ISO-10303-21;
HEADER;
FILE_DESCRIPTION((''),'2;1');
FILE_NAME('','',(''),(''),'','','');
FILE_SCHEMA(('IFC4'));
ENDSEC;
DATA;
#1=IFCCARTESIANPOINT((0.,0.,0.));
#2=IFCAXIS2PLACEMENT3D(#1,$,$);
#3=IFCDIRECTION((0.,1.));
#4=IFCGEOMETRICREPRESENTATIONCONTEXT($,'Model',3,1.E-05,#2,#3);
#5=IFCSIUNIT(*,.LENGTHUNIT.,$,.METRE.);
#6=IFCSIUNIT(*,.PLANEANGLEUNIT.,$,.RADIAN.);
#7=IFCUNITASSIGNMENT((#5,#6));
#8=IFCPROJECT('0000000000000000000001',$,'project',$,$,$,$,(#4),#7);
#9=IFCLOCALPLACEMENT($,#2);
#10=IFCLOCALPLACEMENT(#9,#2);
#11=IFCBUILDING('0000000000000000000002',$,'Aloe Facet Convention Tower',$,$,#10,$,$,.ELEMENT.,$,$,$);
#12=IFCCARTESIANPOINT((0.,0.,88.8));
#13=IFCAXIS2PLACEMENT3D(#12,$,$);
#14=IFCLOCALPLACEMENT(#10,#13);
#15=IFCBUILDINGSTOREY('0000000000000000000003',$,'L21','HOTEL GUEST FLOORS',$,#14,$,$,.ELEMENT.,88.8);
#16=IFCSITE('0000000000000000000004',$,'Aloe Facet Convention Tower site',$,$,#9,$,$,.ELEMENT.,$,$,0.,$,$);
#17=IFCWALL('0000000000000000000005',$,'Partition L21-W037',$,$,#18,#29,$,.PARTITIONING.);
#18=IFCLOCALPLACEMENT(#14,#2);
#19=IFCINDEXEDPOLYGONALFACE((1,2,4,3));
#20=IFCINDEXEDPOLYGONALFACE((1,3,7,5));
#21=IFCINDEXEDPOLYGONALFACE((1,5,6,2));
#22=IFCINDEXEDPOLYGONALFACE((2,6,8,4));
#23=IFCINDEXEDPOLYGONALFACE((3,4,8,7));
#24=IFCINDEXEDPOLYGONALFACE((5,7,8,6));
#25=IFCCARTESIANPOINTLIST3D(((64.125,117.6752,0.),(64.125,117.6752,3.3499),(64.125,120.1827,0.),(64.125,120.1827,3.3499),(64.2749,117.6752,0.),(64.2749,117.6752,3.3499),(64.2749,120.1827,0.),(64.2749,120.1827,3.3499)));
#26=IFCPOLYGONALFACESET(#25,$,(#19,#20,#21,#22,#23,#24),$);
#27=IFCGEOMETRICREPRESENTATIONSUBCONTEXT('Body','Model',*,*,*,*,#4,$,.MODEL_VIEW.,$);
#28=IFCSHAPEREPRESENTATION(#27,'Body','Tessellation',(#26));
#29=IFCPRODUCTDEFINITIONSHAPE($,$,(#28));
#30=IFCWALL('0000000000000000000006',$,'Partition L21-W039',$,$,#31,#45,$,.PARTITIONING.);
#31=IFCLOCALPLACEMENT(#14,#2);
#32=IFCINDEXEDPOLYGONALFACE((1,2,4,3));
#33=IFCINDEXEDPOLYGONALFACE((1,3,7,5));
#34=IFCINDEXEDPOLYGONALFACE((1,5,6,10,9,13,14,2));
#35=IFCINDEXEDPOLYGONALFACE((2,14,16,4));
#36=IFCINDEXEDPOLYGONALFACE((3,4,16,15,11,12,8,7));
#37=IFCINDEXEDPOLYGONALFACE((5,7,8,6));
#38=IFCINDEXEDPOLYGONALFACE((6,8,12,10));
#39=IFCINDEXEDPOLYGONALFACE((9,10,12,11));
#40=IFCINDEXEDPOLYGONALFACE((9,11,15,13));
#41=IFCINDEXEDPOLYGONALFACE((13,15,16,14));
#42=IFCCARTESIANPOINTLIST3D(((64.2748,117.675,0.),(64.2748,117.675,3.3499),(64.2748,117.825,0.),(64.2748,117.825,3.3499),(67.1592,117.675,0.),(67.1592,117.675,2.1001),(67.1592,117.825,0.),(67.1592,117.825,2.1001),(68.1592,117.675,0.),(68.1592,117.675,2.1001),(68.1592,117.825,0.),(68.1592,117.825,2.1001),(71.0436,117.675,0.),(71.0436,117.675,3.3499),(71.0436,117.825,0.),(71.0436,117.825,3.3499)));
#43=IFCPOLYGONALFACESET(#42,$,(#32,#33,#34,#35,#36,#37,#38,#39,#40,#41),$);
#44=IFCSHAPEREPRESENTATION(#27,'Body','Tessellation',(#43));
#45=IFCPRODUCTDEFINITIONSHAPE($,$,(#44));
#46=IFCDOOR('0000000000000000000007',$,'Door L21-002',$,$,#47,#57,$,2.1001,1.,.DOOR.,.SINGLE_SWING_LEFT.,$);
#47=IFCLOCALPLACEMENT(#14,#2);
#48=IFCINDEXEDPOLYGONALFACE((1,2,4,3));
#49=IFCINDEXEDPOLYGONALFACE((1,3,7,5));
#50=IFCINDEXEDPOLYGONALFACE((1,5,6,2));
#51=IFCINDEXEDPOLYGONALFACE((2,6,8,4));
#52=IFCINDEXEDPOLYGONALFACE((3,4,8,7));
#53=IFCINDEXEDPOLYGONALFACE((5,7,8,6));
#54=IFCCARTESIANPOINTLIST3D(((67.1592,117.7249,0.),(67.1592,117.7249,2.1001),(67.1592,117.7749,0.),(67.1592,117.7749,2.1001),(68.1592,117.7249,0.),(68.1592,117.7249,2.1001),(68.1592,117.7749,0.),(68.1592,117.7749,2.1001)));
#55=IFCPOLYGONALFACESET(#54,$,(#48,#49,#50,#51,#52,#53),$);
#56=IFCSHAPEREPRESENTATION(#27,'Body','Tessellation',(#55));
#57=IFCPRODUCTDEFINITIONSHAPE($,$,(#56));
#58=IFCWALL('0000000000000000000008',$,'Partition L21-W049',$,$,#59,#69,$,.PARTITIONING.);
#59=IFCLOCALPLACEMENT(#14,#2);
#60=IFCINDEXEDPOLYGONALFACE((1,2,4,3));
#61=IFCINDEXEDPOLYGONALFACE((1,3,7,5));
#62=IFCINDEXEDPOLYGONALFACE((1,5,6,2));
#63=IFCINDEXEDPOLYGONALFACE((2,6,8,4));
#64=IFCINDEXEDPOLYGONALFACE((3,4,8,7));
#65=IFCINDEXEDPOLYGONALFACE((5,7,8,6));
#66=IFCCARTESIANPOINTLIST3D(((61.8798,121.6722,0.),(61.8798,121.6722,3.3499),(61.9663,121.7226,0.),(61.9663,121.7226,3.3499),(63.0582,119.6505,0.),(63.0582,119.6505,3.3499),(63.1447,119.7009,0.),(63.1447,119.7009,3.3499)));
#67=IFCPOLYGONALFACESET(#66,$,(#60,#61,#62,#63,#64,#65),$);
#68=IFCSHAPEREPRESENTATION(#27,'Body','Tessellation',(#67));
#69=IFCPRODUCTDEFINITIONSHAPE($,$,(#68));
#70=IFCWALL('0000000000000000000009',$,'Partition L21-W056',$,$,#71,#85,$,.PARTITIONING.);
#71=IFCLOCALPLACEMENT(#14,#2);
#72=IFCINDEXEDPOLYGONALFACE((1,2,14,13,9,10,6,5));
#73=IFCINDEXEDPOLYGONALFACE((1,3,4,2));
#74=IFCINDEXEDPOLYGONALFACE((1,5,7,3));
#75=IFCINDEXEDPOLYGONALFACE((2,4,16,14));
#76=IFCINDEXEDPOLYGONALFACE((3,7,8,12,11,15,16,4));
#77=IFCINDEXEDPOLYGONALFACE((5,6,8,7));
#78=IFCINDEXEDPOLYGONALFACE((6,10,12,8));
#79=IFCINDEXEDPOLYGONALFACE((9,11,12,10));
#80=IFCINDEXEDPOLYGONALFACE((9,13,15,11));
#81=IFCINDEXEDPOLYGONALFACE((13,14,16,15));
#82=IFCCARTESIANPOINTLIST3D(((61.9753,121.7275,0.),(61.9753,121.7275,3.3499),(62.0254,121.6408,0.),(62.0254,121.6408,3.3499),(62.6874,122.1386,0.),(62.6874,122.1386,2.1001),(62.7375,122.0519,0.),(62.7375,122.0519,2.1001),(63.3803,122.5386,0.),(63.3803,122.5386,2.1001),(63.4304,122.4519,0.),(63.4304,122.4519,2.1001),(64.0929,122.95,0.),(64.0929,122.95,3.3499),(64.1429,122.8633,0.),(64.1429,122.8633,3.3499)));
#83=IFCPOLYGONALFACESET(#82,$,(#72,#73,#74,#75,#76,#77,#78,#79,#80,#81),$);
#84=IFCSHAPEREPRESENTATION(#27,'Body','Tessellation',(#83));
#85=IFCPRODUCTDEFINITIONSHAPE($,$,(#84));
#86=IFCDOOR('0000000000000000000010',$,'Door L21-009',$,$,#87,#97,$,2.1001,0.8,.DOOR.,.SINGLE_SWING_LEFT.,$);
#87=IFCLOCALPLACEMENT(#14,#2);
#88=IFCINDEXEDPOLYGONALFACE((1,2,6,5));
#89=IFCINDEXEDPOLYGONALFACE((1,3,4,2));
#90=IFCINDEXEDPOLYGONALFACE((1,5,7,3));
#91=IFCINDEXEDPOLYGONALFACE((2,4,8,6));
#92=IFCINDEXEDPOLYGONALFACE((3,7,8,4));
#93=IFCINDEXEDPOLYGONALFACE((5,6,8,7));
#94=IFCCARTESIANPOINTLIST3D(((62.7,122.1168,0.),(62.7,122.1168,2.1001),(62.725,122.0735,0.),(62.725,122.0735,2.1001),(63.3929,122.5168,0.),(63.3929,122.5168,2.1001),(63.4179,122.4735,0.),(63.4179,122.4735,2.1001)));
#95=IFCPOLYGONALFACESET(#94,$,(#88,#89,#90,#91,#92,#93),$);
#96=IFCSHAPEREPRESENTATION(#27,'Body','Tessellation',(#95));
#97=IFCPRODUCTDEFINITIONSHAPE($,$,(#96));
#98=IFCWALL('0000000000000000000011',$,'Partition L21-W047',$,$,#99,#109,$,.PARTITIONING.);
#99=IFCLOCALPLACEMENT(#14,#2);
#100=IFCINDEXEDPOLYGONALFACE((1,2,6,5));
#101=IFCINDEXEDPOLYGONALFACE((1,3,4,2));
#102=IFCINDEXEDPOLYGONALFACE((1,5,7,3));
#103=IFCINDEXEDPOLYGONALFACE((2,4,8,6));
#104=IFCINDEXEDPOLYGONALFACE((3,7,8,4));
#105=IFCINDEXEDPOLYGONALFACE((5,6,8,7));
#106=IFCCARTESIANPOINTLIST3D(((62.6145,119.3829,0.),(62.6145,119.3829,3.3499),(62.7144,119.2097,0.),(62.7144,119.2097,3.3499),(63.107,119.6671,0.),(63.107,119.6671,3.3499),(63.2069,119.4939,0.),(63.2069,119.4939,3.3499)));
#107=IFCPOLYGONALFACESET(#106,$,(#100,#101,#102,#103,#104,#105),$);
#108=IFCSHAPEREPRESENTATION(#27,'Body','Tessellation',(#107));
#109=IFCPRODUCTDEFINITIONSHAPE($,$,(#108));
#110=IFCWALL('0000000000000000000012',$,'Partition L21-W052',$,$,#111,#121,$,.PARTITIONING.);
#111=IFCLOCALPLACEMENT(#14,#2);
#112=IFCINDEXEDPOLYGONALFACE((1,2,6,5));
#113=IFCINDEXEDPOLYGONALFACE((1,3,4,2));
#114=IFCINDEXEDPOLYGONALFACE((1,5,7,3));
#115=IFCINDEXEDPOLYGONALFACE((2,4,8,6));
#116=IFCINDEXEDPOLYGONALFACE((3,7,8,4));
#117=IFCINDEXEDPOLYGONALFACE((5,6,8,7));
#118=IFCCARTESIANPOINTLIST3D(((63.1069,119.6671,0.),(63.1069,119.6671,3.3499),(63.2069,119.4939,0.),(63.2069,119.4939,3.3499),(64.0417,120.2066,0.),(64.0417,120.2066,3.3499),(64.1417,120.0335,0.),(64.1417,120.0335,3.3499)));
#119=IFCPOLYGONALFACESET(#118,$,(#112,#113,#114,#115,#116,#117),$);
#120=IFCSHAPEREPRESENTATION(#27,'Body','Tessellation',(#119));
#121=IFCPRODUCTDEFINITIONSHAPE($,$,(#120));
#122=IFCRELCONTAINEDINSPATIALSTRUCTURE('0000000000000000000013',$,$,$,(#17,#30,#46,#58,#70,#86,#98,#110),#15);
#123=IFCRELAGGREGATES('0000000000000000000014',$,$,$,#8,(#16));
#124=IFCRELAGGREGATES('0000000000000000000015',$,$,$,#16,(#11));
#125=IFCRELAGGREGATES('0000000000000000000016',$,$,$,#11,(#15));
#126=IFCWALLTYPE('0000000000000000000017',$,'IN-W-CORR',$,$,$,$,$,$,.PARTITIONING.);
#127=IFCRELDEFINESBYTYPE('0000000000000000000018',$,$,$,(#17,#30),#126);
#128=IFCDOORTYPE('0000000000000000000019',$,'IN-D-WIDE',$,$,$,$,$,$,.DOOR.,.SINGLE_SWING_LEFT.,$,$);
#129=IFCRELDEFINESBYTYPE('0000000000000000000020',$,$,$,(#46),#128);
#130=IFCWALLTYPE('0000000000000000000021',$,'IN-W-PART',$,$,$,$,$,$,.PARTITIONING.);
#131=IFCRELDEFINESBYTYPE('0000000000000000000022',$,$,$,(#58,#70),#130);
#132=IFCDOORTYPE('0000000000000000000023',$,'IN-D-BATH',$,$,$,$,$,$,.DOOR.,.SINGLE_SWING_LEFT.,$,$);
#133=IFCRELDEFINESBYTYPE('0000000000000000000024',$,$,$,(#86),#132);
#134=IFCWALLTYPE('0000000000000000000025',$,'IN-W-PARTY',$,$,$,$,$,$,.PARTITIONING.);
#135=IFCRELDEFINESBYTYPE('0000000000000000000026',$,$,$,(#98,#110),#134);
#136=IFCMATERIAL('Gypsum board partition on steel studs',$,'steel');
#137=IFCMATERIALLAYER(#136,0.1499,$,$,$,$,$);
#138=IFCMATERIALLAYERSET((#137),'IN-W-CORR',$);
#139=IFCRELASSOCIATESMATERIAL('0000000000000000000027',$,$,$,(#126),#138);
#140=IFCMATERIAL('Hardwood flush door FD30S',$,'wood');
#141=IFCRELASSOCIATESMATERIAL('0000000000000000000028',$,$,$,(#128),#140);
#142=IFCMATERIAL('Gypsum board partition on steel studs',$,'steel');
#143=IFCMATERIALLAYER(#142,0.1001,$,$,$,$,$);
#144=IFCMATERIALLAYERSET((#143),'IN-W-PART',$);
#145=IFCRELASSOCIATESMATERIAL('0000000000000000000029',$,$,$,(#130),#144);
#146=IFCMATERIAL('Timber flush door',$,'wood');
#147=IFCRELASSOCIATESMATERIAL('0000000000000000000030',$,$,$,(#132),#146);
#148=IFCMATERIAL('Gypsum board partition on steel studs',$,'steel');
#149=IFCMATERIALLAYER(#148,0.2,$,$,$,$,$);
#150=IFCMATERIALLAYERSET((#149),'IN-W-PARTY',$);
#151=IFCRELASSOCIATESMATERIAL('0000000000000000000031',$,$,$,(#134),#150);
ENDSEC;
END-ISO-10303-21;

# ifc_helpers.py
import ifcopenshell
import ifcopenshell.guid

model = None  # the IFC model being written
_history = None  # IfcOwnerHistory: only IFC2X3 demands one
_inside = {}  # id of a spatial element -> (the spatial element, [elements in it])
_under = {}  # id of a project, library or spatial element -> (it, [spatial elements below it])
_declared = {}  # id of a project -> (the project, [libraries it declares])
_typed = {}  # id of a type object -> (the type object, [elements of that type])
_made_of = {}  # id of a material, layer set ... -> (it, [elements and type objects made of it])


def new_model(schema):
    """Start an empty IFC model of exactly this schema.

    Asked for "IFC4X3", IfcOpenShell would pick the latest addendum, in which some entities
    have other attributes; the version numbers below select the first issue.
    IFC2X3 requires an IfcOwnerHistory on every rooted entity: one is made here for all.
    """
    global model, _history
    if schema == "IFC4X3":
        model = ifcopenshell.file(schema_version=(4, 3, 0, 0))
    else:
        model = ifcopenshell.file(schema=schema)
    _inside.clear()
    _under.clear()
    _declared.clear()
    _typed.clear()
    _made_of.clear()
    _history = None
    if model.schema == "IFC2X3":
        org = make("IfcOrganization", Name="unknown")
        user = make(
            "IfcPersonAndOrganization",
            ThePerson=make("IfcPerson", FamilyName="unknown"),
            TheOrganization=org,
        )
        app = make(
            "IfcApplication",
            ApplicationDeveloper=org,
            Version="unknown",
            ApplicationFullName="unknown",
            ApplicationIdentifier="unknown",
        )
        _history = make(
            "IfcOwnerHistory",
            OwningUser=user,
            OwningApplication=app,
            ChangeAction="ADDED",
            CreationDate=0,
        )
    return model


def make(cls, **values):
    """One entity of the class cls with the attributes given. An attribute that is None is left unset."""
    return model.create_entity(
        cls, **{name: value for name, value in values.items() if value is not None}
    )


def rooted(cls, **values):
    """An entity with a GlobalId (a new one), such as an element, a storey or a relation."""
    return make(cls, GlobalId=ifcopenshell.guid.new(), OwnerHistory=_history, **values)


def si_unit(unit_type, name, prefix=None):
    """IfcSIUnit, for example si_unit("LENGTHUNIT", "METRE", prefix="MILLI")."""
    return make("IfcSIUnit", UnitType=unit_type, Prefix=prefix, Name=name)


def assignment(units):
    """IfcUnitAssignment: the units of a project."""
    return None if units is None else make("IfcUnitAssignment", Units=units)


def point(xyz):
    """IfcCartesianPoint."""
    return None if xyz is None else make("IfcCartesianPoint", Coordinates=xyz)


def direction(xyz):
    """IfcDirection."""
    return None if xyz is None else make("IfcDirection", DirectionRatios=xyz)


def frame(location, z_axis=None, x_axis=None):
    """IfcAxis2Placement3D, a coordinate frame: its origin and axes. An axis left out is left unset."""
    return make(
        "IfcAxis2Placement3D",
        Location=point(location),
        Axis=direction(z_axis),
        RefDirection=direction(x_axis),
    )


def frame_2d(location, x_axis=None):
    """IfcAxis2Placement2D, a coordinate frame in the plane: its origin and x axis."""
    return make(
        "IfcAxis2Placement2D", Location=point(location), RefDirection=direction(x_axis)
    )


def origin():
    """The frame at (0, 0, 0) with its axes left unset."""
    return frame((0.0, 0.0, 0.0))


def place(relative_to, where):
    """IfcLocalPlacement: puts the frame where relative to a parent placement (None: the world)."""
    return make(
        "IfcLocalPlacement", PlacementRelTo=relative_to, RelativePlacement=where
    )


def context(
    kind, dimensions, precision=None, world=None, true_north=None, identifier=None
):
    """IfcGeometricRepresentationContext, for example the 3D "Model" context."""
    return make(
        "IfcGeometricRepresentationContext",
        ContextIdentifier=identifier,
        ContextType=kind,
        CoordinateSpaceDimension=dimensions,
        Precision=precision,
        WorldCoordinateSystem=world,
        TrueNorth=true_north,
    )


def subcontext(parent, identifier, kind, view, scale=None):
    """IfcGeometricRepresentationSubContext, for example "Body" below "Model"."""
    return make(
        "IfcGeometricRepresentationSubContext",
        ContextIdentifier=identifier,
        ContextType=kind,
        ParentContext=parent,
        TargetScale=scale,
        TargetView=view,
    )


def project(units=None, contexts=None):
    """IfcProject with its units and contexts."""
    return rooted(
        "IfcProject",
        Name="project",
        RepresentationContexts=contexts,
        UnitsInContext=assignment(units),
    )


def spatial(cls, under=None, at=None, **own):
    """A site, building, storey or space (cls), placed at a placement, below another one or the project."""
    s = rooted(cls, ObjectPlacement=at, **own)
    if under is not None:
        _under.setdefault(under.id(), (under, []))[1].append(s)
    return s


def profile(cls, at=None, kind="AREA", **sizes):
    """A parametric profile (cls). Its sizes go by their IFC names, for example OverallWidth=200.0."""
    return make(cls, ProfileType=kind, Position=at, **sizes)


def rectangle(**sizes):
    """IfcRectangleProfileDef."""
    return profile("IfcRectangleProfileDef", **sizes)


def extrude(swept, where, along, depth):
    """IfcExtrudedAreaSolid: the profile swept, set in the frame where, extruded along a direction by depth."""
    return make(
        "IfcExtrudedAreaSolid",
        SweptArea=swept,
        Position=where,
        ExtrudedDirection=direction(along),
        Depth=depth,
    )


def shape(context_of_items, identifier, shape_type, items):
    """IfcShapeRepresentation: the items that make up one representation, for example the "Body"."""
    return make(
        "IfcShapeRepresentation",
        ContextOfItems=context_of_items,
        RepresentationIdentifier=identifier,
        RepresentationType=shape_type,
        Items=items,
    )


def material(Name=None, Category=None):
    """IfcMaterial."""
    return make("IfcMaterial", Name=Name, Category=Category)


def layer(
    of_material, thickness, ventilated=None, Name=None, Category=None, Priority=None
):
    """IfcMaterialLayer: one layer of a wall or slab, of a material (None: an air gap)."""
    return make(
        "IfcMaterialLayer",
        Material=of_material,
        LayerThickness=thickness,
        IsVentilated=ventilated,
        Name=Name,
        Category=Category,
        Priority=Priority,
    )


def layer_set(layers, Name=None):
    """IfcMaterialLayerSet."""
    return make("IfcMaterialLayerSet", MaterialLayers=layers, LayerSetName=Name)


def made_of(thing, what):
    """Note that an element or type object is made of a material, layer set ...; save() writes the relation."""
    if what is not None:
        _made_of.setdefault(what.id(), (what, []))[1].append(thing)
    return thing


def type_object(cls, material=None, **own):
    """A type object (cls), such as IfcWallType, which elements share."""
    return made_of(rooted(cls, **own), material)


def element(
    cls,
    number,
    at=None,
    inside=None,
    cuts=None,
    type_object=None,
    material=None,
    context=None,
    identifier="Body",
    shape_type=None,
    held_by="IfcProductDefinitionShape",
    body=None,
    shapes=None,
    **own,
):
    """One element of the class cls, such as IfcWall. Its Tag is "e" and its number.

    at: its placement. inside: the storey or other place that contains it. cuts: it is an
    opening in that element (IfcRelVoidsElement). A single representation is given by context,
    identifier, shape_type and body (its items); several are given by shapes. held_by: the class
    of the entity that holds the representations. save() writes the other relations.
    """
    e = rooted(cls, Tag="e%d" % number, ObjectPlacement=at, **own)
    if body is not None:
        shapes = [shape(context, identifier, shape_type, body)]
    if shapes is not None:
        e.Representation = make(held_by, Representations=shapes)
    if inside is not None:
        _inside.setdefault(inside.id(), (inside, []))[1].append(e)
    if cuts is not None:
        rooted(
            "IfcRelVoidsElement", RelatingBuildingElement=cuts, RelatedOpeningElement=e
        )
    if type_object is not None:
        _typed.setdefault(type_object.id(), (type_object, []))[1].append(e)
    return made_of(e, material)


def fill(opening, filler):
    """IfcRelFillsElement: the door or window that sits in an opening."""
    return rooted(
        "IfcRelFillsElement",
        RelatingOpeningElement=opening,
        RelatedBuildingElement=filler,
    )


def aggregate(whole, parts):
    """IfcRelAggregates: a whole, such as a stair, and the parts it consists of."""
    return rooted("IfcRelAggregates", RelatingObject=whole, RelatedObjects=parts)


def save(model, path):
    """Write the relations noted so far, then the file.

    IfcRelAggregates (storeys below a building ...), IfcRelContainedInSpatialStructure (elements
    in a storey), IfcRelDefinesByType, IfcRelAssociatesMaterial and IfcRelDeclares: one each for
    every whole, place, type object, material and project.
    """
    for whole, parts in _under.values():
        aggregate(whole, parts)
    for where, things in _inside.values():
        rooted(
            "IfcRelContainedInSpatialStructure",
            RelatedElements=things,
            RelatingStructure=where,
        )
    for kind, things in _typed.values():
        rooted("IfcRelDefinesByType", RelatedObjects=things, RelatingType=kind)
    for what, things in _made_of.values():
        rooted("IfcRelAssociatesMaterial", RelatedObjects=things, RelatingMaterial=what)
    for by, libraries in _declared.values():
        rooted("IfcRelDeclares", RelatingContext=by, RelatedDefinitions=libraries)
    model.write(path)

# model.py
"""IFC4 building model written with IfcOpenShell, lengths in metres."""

from ifc_helpers import new_model, si_unit, direction, frame, frame_2d, origin, place, context, subcontext, project, spatial, rectangle, extrude, material, layer, layer_set, type_object, element, fill, save


model = new_model("IFC4")

# Units and contexts
model_context = context("Model", 3, precision=1e-05, world=origin(), true_north=direction((0.0, 1.0)))
body_context = subcontext(model_context, "Body", "Model", "MODEL_VIEW")
ifc_project = project(units=[si_unit("LENGTHUNIT", "METRE"), si_unit("PLANEANGLEUNIT", "RADIAN")], contexts=[model_context])

# Site, building, storey
site_placement = place(None, origin())
site = spatial("IfcSite", under=ifc_project, at=site_placement, Name="Aloe Facet Convention Tower site", CompositionType="ELEMENT", RefElevation=0.0)
building_placement = place(site_placement, origin())
building = spatial("IfcBuilding", under=site, at=building_placement, Name="Aloe Facet Convention Tower", CompositionType="ELEMENT")
storey_placement = place(building_placement, frame((0.0, 0.0, 88.8)))
storey = spatial("IfcBuildingStorey", under=building, at=storey_placement, Name="L21", Description="HOTEL GUEST FLOORS", CompositionType="ELEMENT", Elevation=88.8)

# Wall
ifc_material_1 = material(Name="Gypsum board partition on steel studs", Category="steel")
ifc_layer_1 = layer(ifc_material_1, 0.1499)
ifc_layer_set_1 = layer_set([ifc_layer_1], Name="IN-W-CORR")
wall_type_1 = type_object("IfcWallType", Name="IN-W-CORR", PredefinedType="PARTITIONING", material=ifc_layer_set_1)
wall_1_placement = place(storey_placement, frame((64.2, 117.675, 0.0), z_axis=(0.0, 0.0, 1.0), x_axis=(0.0, 1.0, 0.0)))
element("IfcWall", 1, at=wall_1_placement, inside=storey, type_object=wall_type_1, Name="Partition L21-W037", PredefinedType="PARTITIONING", context=body_context, shape_type="SweptSolid", body=[
    extrude(rectangle(XDim=2.5076, YDim=0.1499, at=frame_2d((1.2539, 0.0))), origin(), (0.0, 0.0, 1.0), 3.3499),
])

# Wall, opening, door
wall_2_placement = place(storey_placement, frame((64.2749, 117.75, 0.0), z_axis=(0.0, 0.0, 1.0), x_axis=(1.0, 0.0, 0.0)))
wall_2 = element("IfcWall", 2, at=wall_2_placement, inside=storey, type_object=wall_type_1, Name="Partition L21-W039", PredefinedType="PARTITIONING", context=body_context, shape_type="SweptSolid", body=[
    extrude(rectangle(XDim=6.7688, YDim=0.1499, at=frame_2d((3.3843, 0.0))), origin(), (0.0, 0.0, 1.0), 3.3499),
])
opening_1_placement = place(wall_2_placement, frame((2.8843, 0.0, 0.0)))
opening_1 = element("IfcOpeningElement", 3, at=opening_1_placement, cuts=wall_2, PredefinedType="OPENING", context=body_context, shape_type="SweptSolid", body=[
    extrude(rectangle(XDim=1.0, YDim=2.1001, at=frame_2d((0.5, 1.05))), frame((0.0, 0.085, 0.0), z_axis=(0.0, -1.0, 0.0), x_axis=(1.0, 0.0, 0.0)), (0.0, 0.0, 1.0), 0.1699),
])
ifc_material_2 = material(Name="Hardwood flush door FD30S", Category="wood")
door_type_1 = type_object("IfcDoorType", Name="IN-D-WIDE", OperationType="SINGLE_SWING_LEFT", PredefinedType="DOOR", material=ifc_material_2)
door_1_placement = place(opening_1_placement, origin())
door_1 = element("IfcDoor", 4, at=door_1_placement, inside=storey, type_object=door_type_1, Name="Door L21-002", OperationType="SINGLE_SWING_LEFT", OverallHeight=2.1001, OverallWidth=1.0, PredefinedType="DOOR", context=body_context, shape_type="SweptSolid", body=[
    extrude(rectangle(XDim=1.0, YDim=2.1001, at=frame_2d((0.5, 1.05))), frame((0.0, 0.0249, 0.0), z_axis=(0.0, -1.0, 0.0), x_axis=(1.0, 0.0, 0.0)), (0.0, 0.0, 1.0), 0.05),
])
fill(opening_1, door_1)

# Wall
ifc_material_3 = material(Name="Gypsum board partition on steel studs", Category="steel")
ifc_layer_2 = layer(ifc_material_3, 0.1001)
ifc_layer_set_2 = layer_set([ifc_layer_2], Name="IN-W-PART")
wall_type_2 = type_object("IfcWallType", Name="IN-W-PART", PredefinedType="PARTITIONING", material=ifc_layer_set_2)
wall_3_placement = place(storey_placement, frame((61.9231, 121.6973, 0.0), z_axis=(0.0, 0.0, 1.0), x_axis=(0.503592, -0.863942, 0.0)))
element("IfcWall", 5, at=wall_3_placement, inside=storey, type_object=wall_type_2, Name="Partition L21-W049", PredefinedType="PARTITIONING", context=body_context, shape_type="SweptSolid", body=[
    extrude(rectangle(XDim=2.3401, YDim=0.1001, at=frame_2d((1.1699, 0.0))), origin(), (0.0, 0.0, 1.0), 3.3499),
])

# Wall, opening, door
wall_4_placement = place(storey_placement, frame((62.0002, 121.6841, 0.0), z_axis=(0.0, 0.0, 1.0), x_axis=(0.866041, 0.499973, 0.0)))
wall_4 = element("IfcWall", 6, at=wall_4_placement, inside=storey, type_object=wall_type_2, Name="Partition L21-W056", PredefinedType="PARTITIONING", context=body_context, shape_type="SweptSolid", body=[
    extrude(rectangle(XDim=2.4451, YDim=0.1001, at=frame_2d((1.2227, 0.0))), origin(), (0.0, 0.0, 1.0), 3.3499),
])
opening_2_placement = place(wall_4_placement, frame((0.8225, 0.0, 0.0)))
opening_2 = element("IfcOpeningElement", 7, at=opening_2_placement, cuts=wall_4, PredefinedType="OPENING", context=body_context, shape_type="SweptSolid", body=[
    extrude(rectangle(XDim=0.8, YDim=2.1001, at=frame_2d((0.3999, 1.05))), frame((0.0, 0.0601, 0.0), z_axis=(0.0, -1.0, 0.0), x_axis=(1.0, 0.0, 0.0)), (0.0, 0.0, 1.0), 0.1201),
])
ifc_material_4 = material(Name="Timber flush door", Category="wood")
door_type_2 = type_object("IfcDoorType", Name="IN-D-BATH", OperationType="SINGLE_SWING_LEFT", PredefinedType="DOOR", material=ifc_material_4)
door_2_placement = place(opening_2_placement, origin())
door_2 = element("IfcDoor", 8, at=door_2_placement, inside=storey, type_object=door_type_2, Name="Door L21-009", OperationType="SINGLE_SWING_LEFT", OverallHeight=2.1001, OverallWidth=0.8, PredefinedType="DOOR", context=body_context, shape_type="SweptSolid", body=[
    extrude(rectangle(XDim=0.8, YDim=2.1001, at=frame_2d((0.3999, 1.05))), frame((0.0, 0.0249, 0.0), z_axis=(0.0, -1.0, 0.0), x_axis=(1.0, 0.0, 0.0)), (0.0, 0.0, 1.0), 0.05),
])
fill(opening_2, door_2)

# Walls
ifc_material_5 = material(Name="Gypsum board partition on steel studs", Category="steel")
ifc_layer_3 = layer(ifc_material_5, 0.2)
ifc_layer_set_3 = layer_set([ifc_layer_3], Name="IN-W-PARTY")
wall_type_3 = type_object("IfcWallType", Name="IN-W-PARTY", PredefinedType="PARTITIONING", material=ifc_layer_set_3)
wall_5_placement = place(storey_placement, frame((62.6646, 119.2964, 0.0), z_axis=(0.0, 0.0, 1.0), x_axis=(0.866121, 0.499834, 0.0)))
element("IfcWall", 9, at=wall_5_placement, inside=storey, type_object=wall_type_3, Name="Partition L21-W047", PredefinedType="PARTITIONING", context=body_context, shape_type="SweptSolid", body=[
    extrude(rectangle(XDim=0.5686, YDim=0.2, at=frame_2d((0.2842, 0.0))), origin(), (0.0, 0.0, 1.0), 3.3499),
])
wall_6_placement = place(storey_placement, frame((63.157, 119.5806, 0.0), z_axis=(0.0, 0.0, 1.0), x_axis=(0.866091, 0.499886, 0.0)))
element("IfcWall", 10, at=wall_6_placement, inside=storey, type_object=wall_type_3, Name="Partition L21-W052", PredefinedType="PARTITIONING", context=body_context, shape_type="SweptSolid", body=[
    extrude(rectangle(XDim=1.0793, YDim=0.2, at=frame_2d((0.5396, 0.0))), origin(), (0.0, 0.0, 1.0), 3.3499),
])

save(model, "model.ifc")
